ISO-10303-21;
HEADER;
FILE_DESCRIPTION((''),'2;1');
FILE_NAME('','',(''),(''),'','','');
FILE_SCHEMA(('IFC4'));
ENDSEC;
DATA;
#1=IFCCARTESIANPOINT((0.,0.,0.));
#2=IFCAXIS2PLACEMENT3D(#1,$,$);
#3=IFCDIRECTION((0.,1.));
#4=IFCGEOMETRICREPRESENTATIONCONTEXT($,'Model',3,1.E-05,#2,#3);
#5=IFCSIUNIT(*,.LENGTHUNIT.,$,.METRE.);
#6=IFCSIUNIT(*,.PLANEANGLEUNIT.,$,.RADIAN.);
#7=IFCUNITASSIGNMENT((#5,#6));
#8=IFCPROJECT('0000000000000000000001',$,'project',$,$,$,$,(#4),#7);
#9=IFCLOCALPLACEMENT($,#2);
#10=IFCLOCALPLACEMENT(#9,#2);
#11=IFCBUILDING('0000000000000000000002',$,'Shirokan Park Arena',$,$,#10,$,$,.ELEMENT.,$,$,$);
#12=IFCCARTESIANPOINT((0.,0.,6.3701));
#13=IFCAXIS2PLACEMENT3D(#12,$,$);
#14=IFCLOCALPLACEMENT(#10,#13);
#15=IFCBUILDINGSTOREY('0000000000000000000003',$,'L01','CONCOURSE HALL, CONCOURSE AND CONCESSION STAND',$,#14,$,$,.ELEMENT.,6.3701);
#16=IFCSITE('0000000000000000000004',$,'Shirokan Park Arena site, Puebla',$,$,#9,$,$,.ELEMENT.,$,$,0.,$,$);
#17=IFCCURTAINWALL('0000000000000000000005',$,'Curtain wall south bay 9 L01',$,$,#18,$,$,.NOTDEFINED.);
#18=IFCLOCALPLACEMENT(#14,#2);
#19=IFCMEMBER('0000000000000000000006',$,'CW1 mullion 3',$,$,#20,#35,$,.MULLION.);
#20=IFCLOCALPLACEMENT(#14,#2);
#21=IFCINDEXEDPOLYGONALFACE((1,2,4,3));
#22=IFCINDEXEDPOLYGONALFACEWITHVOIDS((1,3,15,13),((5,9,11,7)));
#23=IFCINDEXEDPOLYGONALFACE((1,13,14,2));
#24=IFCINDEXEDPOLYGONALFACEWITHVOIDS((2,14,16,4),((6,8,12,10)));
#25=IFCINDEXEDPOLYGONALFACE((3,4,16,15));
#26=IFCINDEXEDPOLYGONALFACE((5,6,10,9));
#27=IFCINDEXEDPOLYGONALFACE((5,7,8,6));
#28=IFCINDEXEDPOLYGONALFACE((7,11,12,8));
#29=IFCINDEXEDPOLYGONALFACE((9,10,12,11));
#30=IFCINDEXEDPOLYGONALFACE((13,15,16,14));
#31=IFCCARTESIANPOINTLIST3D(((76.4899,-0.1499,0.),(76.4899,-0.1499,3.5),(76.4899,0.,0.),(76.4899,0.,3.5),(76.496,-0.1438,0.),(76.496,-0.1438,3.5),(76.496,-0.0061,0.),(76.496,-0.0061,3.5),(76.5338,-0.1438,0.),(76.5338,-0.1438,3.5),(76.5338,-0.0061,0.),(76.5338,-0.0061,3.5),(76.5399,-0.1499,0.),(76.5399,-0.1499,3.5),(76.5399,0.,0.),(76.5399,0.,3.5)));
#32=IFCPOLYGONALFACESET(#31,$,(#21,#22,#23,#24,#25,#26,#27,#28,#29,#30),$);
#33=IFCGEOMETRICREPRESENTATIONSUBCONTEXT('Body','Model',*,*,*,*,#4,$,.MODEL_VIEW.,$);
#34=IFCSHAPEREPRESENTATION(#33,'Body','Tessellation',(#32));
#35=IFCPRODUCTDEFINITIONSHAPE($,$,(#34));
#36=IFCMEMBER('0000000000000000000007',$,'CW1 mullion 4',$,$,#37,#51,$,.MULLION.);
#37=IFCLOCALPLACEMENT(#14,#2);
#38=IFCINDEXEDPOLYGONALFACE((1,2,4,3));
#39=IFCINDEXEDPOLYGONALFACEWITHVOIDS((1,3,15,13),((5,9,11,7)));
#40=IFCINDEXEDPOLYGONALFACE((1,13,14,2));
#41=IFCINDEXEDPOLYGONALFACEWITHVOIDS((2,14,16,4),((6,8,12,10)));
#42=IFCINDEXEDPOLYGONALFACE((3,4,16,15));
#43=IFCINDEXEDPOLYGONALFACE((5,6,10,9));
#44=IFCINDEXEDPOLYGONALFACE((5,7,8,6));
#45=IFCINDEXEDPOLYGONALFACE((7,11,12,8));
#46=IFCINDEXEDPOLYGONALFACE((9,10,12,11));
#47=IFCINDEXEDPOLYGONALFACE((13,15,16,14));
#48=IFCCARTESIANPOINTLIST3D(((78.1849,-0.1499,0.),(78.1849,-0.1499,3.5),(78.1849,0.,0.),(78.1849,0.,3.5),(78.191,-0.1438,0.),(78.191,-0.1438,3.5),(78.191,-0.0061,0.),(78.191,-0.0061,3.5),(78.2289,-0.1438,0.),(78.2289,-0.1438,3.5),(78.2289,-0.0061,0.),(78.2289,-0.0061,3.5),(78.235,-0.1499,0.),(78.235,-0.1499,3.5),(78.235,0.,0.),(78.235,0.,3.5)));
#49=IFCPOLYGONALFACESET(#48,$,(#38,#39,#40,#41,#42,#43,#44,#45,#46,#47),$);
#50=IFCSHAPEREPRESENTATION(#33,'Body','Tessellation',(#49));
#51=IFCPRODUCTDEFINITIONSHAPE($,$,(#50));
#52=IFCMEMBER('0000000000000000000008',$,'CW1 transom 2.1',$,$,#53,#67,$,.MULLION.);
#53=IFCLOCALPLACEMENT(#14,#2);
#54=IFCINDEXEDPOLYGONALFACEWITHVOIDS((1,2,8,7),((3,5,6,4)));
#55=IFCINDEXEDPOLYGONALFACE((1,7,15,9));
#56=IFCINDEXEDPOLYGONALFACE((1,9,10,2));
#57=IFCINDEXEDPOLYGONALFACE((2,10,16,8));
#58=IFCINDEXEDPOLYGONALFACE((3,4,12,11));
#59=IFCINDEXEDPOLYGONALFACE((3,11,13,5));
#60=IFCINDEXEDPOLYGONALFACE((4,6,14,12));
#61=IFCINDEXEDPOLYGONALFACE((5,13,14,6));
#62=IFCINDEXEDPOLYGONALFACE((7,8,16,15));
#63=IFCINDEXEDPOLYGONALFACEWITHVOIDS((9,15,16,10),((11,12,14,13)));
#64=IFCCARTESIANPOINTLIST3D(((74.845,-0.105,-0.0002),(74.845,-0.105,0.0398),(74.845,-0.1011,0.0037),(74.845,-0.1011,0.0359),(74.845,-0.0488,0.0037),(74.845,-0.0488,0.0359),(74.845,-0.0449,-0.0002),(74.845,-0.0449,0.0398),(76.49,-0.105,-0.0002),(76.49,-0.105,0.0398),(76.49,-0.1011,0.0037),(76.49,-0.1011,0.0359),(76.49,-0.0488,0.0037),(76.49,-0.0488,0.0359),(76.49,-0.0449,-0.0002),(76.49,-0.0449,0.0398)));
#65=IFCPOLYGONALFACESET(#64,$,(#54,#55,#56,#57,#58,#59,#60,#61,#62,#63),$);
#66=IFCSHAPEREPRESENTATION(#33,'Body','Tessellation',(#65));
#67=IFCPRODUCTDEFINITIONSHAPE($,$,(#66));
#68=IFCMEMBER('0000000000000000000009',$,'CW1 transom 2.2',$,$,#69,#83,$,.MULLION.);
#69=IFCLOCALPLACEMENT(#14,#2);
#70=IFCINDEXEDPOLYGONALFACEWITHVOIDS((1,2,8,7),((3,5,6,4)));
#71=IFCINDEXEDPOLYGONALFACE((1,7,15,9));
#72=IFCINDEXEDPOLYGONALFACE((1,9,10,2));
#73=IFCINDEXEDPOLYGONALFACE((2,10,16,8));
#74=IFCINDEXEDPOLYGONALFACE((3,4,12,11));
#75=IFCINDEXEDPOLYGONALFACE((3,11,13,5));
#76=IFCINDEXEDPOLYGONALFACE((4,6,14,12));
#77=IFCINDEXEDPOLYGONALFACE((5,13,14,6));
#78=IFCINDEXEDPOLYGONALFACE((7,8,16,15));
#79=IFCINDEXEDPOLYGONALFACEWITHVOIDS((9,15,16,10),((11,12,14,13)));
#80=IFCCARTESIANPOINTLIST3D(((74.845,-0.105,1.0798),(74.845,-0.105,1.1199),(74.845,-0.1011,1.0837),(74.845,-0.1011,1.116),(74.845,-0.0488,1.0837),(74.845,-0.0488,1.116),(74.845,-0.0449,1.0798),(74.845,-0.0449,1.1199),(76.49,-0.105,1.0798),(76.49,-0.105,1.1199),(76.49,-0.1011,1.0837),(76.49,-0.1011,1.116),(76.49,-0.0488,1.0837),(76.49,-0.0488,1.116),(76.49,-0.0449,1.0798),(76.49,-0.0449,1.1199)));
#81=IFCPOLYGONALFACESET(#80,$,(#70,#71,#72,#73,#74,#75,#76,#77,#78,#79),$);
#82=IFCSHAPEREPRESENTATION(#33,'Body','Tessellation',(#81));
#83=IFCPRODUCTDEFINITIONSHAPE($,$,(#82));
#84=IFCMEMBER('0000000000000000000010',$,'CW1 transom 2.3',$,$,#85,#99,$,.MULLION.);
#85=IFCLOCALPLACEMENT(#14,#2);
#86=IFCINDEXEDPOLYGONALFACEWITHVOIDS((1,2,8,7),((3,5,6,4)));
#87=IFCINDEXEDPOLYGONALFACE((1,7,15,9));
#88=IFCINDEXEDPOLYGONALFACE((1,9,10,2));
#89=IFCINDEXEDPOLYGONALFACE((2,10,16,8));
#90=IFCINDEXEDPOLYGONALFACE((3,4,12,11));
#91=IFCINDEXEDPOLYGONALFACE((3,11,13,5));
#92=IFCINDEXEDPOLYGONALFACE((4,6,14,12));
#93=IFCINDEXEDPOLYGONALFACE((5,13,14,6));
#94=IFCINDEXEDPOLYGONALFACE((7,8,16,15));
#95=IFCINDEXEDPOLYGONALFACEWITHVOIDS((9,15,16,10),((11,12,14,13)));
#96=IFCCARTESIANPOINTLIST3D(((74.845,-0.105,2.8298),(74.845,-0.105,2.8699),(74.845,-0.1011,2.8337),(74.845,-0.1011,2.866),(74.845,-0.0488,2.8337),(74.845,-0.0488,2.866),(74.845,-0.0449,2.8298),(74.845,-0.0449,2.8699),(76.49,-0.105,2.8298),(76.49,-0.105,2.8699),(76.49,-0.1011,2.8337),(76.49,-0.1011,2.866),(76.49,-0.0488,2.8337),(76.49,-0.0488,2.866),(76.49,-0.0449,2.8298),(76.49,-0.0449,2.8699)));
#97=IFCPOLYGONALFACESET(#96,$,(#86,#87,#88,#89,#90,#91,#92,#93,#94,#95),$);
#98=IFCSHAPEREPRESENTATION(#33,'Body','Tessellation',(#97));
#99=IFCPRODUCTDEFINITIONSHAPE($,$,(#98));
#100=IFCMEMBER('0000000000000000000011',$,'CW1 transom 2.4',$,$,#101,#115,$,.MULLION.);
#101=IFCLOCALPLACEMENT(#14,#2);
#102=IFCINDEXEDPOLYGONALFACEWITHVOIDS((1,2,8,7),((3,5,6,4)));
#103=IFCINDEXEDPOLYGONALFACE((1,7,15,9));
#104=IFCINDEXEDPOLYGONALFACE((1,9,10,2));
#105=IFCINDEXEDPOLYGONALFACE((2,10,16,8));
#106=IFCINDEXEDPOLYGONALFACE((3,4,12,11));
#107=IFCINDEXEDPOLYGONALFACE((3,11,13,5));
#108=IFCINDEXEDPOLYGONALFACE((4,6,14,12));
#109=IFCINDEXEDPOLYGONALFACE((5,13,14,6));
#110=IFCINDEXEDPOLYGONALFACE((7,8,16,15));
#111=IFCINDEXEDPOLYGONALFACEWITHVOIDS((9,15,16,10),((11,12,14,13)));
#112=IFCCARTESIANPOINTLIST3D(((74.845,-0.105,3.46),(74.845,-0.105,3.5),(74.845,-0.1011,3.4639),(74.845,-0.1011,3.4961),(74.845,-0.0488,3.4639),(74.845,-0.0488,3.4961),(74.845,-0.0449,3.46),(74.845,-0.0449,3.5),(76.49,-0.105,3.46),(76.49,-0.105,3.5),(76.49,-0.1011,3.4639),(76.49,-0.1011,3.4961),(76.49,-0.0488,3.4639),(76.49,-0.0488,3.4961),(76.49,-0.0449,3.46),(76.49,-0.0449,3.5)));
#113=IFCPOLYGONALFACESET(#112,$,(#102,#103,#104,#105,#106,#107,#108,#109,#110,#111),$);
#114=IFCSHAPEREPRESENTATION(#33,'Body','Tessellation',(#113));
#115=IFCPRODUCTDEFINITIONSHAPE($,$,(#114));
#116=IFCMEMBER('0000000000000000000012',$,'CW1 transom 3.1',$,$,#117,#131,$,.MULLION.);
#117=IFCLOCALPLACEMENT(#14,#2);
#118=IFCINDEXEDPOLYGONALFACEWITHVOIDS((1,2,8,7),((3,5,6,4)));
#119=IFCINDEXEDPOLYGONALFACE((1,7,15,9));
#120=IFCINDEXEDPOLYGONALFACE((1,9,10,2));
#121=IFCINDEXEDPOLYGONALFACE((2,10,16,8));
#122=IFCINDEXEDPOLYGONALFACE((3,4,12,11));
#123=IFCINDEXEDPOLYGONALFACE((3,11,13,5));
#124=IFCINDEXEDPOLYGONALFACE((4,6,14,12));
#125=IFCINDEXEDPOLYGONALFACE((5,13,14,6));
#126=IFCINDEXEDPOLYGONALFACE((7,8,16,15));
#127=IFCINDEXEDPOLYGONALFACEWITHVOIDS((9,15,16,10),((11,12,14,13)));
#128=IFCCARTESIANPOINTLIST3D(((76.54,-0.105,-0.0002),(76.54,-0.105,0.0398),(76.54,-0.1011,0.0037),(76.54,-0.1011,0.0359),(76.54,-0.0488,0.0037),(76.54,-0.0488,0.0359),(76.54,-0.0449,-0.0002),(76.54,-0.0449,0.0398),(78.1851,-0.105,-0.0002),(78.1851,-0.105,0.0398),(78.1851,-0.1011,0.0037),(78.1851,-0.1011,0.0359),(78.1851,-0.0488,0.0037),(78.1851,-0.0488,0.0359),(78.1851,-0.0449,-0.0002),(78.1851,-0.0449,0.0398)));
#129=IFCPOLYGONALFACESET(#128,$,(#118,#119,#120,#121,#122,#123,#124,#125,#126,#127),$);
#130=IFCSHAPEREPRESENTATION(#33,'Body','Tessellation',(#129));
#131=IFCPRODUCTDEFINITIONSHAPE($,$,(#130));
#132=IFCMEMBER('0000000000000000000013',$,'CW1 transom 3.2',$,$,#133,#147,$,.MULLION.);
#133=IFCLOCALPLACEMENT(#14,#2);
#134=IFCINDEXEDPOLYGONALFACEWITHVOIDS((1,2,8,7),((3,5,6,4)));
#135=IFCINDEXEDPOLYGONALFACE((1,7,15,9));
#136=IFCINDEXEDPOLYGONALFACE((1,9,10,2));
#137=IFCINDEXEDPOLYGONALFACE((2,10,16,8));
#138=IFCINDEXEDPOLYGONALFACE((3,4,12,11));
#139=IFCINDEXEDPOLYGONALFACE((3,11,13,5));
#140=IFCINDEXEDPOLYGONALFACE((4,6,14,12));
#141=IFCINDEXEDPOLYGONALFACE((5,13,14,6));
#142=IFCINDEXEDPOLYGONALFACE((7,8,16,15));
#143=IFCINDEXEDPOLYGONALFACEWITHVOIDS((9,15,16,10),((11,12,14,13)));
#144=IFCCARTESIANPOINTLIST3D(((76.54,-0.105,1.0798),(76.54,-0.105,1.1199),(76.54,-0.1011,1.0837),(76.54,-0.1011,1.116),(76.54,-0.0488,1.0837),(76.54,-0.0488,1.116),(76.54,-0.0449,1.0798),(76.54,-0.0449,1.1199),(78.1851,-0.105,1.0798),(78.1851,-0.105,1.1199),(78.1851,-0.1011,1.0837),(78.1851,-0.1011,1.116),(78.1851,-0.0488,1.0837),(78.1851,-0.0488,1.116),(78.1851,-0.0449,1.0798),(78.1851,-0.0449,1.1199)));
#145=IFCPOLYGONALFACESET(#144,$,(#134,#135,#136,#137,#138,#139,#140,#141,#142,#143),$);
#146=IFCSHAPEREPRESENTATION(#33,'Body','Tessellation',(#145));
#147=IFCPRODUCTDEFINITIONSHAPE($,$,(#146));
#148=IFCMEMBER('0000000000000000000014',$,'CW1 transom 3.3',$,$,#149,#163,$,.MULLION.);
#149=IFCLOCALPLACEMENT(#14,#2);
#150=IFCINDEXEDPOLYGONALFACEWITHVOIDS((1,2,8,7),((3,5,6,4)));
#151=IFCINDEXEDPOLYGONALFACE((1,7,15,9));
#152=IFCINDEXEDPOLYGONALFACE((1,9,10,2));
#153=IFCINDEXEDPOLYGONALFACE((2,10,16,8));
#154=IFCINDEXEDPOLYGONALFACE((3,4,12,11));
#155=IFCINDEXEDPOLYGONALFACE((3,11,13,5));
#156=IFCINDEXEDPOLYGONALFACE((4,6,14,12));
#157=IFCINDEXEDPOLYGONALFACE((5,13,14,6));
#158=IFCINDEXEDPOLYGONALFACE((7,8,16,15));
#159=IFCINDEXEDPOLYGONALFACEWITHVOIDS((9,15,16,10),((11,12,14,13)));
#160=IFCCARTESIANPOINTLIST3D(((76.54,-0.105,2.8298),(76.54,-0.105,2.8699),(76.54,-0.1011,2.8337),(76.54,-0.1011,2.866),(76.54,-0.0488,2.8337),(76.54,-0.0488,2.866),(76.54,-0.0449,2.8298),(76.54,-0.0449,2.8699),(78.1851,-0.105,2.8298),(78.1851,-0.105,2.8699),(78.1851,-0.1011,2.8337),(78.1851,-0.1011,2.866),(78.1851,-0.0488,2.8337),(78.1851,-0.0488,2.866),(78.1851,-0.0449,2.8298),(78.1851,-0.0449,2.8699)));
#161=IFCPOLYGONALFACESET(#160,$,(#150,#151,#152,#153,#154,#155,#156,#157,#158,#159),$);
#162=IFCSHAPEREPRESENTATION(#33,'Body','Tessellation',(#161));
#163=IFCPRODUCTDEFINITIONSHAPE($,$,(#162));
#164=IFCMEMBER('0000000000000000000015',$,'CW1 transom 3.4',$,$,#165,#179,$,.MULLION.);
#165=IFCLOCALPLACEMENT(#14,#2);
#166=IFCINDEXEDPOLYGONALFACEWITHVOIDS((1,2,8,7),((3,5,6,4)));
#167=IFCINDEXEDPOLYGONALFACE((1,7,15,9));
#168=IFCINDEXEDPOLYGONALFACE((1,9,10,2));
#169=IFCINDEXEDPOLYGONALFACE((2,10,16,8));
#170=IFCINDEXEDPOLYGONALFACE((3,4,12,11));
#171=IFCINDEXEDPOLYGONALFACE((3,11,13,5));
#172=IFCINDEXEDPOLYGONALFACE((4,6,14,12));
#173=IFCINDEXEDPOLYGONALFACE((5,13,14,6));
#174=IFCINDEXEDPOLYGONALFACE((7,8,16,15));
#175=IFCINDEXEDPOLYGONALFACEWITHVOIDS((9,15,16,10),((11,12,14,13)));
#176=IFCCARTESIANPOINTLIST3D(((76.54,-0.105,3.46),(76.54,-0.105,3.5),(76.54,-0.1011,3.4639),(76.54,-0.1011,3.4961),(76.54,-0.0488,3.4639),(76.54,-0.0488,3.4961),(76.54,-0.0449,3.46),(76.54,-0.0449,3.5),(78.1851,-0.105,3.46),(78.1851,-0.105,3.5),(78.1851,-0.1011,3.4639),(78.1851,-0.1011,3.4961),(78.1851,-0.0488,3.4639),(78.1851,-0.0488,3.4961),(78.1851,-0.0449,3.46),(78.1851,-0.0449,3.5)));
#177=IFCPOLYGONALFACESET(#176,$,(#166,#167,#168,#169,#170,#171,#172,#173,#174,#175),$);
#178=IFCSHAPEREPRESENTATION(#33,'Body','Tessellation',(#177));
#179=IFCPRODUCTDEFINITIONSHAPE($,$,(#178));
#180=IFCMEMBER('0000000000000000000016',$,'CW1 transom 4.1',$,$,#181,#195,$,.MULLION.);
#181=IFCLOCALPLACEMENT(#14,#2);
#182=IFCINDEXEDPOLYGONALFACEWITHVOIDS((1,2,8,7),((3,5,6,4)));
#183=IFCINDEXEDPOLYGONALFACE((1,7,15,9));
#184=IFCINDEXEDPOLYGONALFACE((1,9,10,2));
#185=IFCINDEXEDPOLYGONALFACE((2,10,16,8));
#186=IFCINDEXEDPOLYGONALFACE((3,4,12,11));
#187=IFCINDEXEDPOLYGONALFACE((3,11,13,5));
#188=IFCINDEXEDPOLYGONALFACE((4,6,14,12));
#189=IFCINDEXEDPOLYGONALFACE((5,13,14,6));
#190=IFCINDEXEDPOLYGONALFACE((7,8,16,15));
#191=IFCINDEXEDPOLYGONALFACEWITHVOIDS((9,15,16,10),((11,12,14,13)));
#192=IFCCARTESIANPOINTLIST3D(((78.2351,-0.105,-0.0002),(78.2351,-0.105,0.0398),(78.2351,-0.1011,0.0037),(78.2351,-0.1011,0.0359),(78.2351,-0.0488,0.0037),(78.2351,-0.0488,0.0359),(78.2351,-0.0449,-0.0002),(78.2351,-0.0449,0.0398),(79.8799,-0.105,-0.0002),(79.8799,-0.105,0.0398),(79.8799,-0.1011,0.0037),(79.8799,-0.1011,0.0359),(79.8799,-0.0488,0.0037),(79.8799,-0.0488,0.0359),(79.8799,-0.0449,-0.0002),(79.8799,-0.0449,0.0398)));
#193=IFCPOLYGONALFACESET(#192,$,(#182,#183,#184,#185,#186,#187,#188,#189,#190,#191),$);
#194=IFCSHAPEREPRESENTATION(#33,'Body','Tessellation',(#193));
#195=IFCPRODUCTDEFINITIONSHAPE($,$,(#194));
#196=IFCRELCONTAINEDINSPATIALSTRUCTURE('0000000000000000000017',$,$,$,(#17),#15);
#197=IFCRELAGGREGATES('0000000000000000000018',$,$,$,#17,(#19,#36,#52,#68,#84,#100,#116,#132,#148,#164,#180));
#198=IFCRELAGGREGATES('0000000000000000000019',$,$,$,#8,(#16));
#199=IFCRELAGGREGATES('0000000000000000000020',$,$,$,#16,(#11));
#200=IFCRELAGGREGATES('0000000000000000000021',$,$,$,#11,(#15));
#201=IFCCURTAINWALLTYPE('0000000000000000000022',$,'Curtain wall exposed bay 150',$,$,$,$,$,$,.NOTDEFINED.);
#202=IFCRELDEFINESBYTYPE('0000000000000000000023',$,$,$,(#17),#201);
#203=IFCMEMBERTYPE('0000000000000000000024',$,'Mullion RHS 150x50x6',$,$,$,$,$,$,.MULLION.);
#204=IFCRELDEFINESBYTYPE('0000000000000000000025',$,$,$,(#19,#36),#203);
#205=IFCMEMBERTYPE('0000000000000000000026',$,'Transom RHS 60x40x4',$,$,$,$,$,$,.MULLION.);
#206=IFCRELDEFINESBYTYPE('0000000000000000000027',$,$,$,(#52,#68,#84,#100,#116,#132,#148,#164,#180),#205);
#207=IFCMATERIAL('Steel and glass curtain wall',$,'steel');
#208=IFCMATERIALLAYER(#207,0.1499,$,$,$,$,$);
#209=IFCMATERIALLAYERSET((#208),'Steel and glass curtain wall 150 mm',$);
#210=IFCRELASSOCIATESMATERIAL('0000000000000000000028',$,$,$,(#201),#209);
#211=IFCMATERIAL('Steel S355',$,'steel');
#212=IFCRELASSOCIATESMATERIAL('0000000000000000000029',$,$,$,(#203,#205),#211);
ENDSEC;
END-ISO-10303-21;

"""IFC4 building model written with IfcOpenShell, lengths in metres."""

from ifc_helpers import new_model, si_unit, direction, frame, origin, origin_2d, place, context, subcontext, project, spatial, hollow_rectangle, extrude, material, layer, layer_set, material_profile, profile_set, type_object, element, aggregate, save


model = new_model("IFC4")

# Units and contexts
model_context = context("Model", 3, precision=1e-05, world=origin(), true_north=direction((0.0, 1.0)))
body_context = subcontext(model_context, "Body", "Model", "MODEL_VIEW")
ifc_project = project(units=[si_unit("LENGTHUNIT", "METRE"), si_unit("PLANEANGLEUNIT", "RADIAN")], contexts=[model_context])

# Site, building, storey
site_placement = place(None, origin())
site = spatial("IfcSite", under=ifc_project, at=site_placement, Name="Shirokan Park Arena site, Puebla", CompositionType="ELEMENT", RefElevation=0.0)
building_placement = place(site_placement, origin())
building = spatial("IfcBuilding", under=site, at=building_placement, Name="Shirokan Park Arena", CompositionType="ELEMENT")
storey_placement = place(building_placement, frame((0.0, 0.0, 6.3701)))
storey = spatial("IfcBuildingStorey", under=building, at=storey_placement, Name="L01", Description="CONCOURSE HALL, CONCOURSE AND CONCESSION STAND", CompositionType="ELEMENT", Elevation=6.3701)

# Curtain wall, members
ifc_material_1 = material(Name="Steel and glass curtain wall", Category="steel")
ifc_layer_1 = layer(ifc_material_1, 0.1499)
ifc_layer_set_1 = layer_set([ifc_layer_1], Name="Steel and glass curtain wall 150 mm")
curtain_wall_type = type_object("IfcCurtainWallType", Name="Curtain wall exposed bay 150", PredefinedType="NOTDEFINED", material=ifc_layer_set_1)
curtain_wall_placement = place(storey_placement, origin())
curtain_wall = element("IfcCurtainWall", 1, at=curtain_wall_placement, inside=storey, type_object=curtain_wall_type, Name="Curtain wall south bay 9 L01", PredefinedType="NOTDEFINED")
ifc_material_2 = material(Name="Steel S355", Category="steel")
ifc_material_profile_1 = material_profile(ifc_material_2, hollow_rectangle(XDim=0.1499, YDim=0.05, WallThickness=0.0061, at=origin_2d()), Name="RHS 150x50x6")
ifc_profile_set_1 = profile_set([ifc_material_profile_1], Name="Steel S355")
member_type_1 = type_object("IfcMemberType", Name="Mullion RHS 150x50x6", PredefinedType="MULLION", material=ifc_profile_set_1)
member_1_placement = place(storey_placement, frame((76.5149, -0.075, 0.0), z_axis=(0.0, 0.0, 1.0), x_axis=(0.0, 1.0, 0.0)))
member_1 = element("IfcMember", 2, at=member_1_placement, type_object=member_type_1, Name="CW1 mullion 3", PredefinedType="MULLION", context=body_context, shape_type="SweptSolid", body=[
    extrude(hollow_rectangle(XDim=0.1499, YDim=0.05, WallThickness=0.0061, at=origin_2d()), origin(), (0.0, 0.0, 1.0), 3.5),
])
member_2_placement = place(storey_placement, frame((78.21, -0.075, 0.0), z_axis=(0.0, 0.0, 1.0), x_axis=(0.0, 1.0, 0.0)))
member_2 = element("IfcMember", 3, at=member_2_placement, type_object=member_type_1, Name="CW1 mullion 4", PredefinedType="MULLION", context=body_context, shape_type="SweptSolid", body=[
    extrude(hollow_rectangle(XDim=0.1499, YDim=0.05, WallThickness=0.0061, at=origin_2d()), origin(), (0.0, 0.0, 1.0), 3.5),
])
ifc_material_profile_2 = material_profile(ifc_material_2, hollow_rectangle(XDim=0.0601, YDim=0.04, WallThickness=0.0039, at=origin_2d()), Name="RHS 60x40x4")
ifc_profile_set_2 = profile_set([ifc_material_profile_2], Name="Steel S355")
member_type_2 = type_object("IfcMemberType", Name="Transom RHS 60x40x4", PredefinedType="MULLION", material=ifc_profile_set_2)
member_3_placement = place(storey_placement, frame((74.845, -0.075, 0.0198), z_axis=(1.0, 0.0, 0.0), x_axis=(0.0, 1.0, 0.0)))
member_3 = element("IfcMember", 4, at=member_3_placement, type_object=member_type_2, Name="CW1 transom 2.1", PredefinedType="MULLION", context=body_context, shape_type="SweptSolid", body=[
    extrude(hollow_rectangle(XDim=0.0601, YDim=0.04, WallThickness=0.0039, at=origin_2d()), origin(), (0.0, 0.0, 1.0), 1.645),
])
member_4_placement = place(storey_placement, frame((74.845, -0.075, 1.0999), z_axis=(1.0, 0.0, 0.0), x_axis=(0.0, 1.0, 0.0)))
member_4 = element("IfcMember", 5, at=member_4_placement, type_object=member_type_2, Name="CW1 transom 2.2", PredefinedType="MULLION", context=body_context, shape_type="SweptSolid", body=[
    extrude(hollow_rectangle(XDim=0.0601, YDim=0.04, WallThickness=0.0039, at=origin_2d()), origin(), (0.0, 0.0, 1.0), 1.645),
])
member_5_placement = place(storey_placement, frame((74.845, -0.075, 2.8499), z_axis=(1.0, 0.0, 0.0), x_axis=(0.0, 1.0, 0.0)))
member_5 = element("IfcMember", 6, at=member_5_placement, type_object=member_type_2, Name="CW1 transom 2.3", PredefinedType="MULLION", context=body_context, shape_type="SweptSolid", body=[
    extrude(hollow_rectangle(XDim=0.0601, YDim=0.04, WallThickness=0.0039, at=origin_2d()), origin(), (0.0, 0.0, 1.0), 1.645),
])
member_6_placement = place(storey_placement, frame((74.845, -0.075, 3.48), z_axis=(1.0, 0.0, 0.0), x_axis=(0.0, 1.0, 0.0)))
member_6 = element("IfcMember", 7, at=member_6_placement, type_object=member_type_2, Name="CW1 transom 2.4", PredefinedType="MULLION", context=body_context, shape_type="SweptSolid", body=[
    extrude(hollow_rectangle(XDim=0.0601, YDim=0.04, WallThickness=0.0039, at=origin_2d()), origin(), (0.0, 0.0, 1.0), 1.645),
])
member_7_placement = place(storey_placement, frame((76.54, -0.075, 0.0198), z_axis=(1.0, 0.0, 0.0), x_axis=(0.0, 1.0, 0.0)))
member_7 = element("IfcMember", 8, at=member_7_placement, type_object=member_type_2, Name="CW1 transom 3.1", PredefinedType="MULLION", context=body_context, shape_type="SweptSolid", body=[
    extrude(hollow_rectangle(XDim=0.0601, YDim=0.04, WallThickness=0.0039, at=origin_2d()), origin(), (0.0, 0.0, 1.0), 1.645),
])
member_8_placement = place(storey_placement, frame((76.54, -0.075, 1.0999), z_axis=(1.0, 0.0, 0.0), x_axis=(0.0, 1.0, 0.0)))
member_8 = element("IfcMember", 9, at=member_8_placement, type_object=member_type_2, Name="CW1 transom 3.2", PredefinedType="MULLION", context=body_context, shape_type="SweptSolid", body=[
    extrude(hollow_rectangle(XDim=0.0601, YDim=0.04, WallThickness=0.0039, at=origin_2d()), origin(), (0.0, 0.0, 1.0), 1.645),
])
member_9_placement = place(storey_placement, frame((76.54, -0.075, 2.8499), z_axis=(1.0, 0.0, 0.0), x_axis=(0.0, 1.0, 0.0)))
member_9 = element("IfcMember", 10, at=member_9_placement, type_object=member_type_2, Name="CW1 transom 3.3", PredefinedType="MULLION", context=body_context, shape_type="SweptSolid", body=[
    extrude(hollow_rectangle(XDim=0.0601, YDim=0.04, WallThickness=0.0039, at=origin_2d()), origin(), (0.0, 0.0, 1.0), 1.645),
])
member_10_placement = place(storey_placement, frame((76.54, -0.075, 3.48), z_axis=(1.0, 0.0, 0.0), x_axis=(0.0, 1.0, 0.0)))
member_10 = element("IfcMember", 11, at=member_10_placement, type_object=member_type_2, Name="CW1 transom 3.4", PredefinedType="MULLION", context=body_context, shape_type="SweptSolid", body=[
    extrude(hollow_rectangle(XDim=0.0601, YDim=0.04, WallThickness=0.0039, at=origin_2d()), origin(), (0.0, 0.0, 1.0), 1.645),
])
member_11_placement = place(storey_placement, frame((78.2351, -0.075, 0.0198), z_axis=(1.0, 0.0, 0.0), x_axis=(0.0, 1.0, 0.0)))
member_11 = element("IfcMember", 12, at=member_11_placement, type_object=member_type_2, Name="CW1 transom 4.1", PredefinedType="MULLION", context=body_context, shape_type="SweptSolid", body=[
    extrude(hollow_rectangle(XDim=0.0601, YDim=0.04, WallThickness=0.0039, at=origin_2d()), origin(), (0.0, 0.0, 1.0), 1.6448),
])
aggregate(curtain_wall, [member_1, member_2, member_3, member_4, member_5, member_6, member_7, member_8, member_9, member_10, member_11])

save(model, "model.ifc")
